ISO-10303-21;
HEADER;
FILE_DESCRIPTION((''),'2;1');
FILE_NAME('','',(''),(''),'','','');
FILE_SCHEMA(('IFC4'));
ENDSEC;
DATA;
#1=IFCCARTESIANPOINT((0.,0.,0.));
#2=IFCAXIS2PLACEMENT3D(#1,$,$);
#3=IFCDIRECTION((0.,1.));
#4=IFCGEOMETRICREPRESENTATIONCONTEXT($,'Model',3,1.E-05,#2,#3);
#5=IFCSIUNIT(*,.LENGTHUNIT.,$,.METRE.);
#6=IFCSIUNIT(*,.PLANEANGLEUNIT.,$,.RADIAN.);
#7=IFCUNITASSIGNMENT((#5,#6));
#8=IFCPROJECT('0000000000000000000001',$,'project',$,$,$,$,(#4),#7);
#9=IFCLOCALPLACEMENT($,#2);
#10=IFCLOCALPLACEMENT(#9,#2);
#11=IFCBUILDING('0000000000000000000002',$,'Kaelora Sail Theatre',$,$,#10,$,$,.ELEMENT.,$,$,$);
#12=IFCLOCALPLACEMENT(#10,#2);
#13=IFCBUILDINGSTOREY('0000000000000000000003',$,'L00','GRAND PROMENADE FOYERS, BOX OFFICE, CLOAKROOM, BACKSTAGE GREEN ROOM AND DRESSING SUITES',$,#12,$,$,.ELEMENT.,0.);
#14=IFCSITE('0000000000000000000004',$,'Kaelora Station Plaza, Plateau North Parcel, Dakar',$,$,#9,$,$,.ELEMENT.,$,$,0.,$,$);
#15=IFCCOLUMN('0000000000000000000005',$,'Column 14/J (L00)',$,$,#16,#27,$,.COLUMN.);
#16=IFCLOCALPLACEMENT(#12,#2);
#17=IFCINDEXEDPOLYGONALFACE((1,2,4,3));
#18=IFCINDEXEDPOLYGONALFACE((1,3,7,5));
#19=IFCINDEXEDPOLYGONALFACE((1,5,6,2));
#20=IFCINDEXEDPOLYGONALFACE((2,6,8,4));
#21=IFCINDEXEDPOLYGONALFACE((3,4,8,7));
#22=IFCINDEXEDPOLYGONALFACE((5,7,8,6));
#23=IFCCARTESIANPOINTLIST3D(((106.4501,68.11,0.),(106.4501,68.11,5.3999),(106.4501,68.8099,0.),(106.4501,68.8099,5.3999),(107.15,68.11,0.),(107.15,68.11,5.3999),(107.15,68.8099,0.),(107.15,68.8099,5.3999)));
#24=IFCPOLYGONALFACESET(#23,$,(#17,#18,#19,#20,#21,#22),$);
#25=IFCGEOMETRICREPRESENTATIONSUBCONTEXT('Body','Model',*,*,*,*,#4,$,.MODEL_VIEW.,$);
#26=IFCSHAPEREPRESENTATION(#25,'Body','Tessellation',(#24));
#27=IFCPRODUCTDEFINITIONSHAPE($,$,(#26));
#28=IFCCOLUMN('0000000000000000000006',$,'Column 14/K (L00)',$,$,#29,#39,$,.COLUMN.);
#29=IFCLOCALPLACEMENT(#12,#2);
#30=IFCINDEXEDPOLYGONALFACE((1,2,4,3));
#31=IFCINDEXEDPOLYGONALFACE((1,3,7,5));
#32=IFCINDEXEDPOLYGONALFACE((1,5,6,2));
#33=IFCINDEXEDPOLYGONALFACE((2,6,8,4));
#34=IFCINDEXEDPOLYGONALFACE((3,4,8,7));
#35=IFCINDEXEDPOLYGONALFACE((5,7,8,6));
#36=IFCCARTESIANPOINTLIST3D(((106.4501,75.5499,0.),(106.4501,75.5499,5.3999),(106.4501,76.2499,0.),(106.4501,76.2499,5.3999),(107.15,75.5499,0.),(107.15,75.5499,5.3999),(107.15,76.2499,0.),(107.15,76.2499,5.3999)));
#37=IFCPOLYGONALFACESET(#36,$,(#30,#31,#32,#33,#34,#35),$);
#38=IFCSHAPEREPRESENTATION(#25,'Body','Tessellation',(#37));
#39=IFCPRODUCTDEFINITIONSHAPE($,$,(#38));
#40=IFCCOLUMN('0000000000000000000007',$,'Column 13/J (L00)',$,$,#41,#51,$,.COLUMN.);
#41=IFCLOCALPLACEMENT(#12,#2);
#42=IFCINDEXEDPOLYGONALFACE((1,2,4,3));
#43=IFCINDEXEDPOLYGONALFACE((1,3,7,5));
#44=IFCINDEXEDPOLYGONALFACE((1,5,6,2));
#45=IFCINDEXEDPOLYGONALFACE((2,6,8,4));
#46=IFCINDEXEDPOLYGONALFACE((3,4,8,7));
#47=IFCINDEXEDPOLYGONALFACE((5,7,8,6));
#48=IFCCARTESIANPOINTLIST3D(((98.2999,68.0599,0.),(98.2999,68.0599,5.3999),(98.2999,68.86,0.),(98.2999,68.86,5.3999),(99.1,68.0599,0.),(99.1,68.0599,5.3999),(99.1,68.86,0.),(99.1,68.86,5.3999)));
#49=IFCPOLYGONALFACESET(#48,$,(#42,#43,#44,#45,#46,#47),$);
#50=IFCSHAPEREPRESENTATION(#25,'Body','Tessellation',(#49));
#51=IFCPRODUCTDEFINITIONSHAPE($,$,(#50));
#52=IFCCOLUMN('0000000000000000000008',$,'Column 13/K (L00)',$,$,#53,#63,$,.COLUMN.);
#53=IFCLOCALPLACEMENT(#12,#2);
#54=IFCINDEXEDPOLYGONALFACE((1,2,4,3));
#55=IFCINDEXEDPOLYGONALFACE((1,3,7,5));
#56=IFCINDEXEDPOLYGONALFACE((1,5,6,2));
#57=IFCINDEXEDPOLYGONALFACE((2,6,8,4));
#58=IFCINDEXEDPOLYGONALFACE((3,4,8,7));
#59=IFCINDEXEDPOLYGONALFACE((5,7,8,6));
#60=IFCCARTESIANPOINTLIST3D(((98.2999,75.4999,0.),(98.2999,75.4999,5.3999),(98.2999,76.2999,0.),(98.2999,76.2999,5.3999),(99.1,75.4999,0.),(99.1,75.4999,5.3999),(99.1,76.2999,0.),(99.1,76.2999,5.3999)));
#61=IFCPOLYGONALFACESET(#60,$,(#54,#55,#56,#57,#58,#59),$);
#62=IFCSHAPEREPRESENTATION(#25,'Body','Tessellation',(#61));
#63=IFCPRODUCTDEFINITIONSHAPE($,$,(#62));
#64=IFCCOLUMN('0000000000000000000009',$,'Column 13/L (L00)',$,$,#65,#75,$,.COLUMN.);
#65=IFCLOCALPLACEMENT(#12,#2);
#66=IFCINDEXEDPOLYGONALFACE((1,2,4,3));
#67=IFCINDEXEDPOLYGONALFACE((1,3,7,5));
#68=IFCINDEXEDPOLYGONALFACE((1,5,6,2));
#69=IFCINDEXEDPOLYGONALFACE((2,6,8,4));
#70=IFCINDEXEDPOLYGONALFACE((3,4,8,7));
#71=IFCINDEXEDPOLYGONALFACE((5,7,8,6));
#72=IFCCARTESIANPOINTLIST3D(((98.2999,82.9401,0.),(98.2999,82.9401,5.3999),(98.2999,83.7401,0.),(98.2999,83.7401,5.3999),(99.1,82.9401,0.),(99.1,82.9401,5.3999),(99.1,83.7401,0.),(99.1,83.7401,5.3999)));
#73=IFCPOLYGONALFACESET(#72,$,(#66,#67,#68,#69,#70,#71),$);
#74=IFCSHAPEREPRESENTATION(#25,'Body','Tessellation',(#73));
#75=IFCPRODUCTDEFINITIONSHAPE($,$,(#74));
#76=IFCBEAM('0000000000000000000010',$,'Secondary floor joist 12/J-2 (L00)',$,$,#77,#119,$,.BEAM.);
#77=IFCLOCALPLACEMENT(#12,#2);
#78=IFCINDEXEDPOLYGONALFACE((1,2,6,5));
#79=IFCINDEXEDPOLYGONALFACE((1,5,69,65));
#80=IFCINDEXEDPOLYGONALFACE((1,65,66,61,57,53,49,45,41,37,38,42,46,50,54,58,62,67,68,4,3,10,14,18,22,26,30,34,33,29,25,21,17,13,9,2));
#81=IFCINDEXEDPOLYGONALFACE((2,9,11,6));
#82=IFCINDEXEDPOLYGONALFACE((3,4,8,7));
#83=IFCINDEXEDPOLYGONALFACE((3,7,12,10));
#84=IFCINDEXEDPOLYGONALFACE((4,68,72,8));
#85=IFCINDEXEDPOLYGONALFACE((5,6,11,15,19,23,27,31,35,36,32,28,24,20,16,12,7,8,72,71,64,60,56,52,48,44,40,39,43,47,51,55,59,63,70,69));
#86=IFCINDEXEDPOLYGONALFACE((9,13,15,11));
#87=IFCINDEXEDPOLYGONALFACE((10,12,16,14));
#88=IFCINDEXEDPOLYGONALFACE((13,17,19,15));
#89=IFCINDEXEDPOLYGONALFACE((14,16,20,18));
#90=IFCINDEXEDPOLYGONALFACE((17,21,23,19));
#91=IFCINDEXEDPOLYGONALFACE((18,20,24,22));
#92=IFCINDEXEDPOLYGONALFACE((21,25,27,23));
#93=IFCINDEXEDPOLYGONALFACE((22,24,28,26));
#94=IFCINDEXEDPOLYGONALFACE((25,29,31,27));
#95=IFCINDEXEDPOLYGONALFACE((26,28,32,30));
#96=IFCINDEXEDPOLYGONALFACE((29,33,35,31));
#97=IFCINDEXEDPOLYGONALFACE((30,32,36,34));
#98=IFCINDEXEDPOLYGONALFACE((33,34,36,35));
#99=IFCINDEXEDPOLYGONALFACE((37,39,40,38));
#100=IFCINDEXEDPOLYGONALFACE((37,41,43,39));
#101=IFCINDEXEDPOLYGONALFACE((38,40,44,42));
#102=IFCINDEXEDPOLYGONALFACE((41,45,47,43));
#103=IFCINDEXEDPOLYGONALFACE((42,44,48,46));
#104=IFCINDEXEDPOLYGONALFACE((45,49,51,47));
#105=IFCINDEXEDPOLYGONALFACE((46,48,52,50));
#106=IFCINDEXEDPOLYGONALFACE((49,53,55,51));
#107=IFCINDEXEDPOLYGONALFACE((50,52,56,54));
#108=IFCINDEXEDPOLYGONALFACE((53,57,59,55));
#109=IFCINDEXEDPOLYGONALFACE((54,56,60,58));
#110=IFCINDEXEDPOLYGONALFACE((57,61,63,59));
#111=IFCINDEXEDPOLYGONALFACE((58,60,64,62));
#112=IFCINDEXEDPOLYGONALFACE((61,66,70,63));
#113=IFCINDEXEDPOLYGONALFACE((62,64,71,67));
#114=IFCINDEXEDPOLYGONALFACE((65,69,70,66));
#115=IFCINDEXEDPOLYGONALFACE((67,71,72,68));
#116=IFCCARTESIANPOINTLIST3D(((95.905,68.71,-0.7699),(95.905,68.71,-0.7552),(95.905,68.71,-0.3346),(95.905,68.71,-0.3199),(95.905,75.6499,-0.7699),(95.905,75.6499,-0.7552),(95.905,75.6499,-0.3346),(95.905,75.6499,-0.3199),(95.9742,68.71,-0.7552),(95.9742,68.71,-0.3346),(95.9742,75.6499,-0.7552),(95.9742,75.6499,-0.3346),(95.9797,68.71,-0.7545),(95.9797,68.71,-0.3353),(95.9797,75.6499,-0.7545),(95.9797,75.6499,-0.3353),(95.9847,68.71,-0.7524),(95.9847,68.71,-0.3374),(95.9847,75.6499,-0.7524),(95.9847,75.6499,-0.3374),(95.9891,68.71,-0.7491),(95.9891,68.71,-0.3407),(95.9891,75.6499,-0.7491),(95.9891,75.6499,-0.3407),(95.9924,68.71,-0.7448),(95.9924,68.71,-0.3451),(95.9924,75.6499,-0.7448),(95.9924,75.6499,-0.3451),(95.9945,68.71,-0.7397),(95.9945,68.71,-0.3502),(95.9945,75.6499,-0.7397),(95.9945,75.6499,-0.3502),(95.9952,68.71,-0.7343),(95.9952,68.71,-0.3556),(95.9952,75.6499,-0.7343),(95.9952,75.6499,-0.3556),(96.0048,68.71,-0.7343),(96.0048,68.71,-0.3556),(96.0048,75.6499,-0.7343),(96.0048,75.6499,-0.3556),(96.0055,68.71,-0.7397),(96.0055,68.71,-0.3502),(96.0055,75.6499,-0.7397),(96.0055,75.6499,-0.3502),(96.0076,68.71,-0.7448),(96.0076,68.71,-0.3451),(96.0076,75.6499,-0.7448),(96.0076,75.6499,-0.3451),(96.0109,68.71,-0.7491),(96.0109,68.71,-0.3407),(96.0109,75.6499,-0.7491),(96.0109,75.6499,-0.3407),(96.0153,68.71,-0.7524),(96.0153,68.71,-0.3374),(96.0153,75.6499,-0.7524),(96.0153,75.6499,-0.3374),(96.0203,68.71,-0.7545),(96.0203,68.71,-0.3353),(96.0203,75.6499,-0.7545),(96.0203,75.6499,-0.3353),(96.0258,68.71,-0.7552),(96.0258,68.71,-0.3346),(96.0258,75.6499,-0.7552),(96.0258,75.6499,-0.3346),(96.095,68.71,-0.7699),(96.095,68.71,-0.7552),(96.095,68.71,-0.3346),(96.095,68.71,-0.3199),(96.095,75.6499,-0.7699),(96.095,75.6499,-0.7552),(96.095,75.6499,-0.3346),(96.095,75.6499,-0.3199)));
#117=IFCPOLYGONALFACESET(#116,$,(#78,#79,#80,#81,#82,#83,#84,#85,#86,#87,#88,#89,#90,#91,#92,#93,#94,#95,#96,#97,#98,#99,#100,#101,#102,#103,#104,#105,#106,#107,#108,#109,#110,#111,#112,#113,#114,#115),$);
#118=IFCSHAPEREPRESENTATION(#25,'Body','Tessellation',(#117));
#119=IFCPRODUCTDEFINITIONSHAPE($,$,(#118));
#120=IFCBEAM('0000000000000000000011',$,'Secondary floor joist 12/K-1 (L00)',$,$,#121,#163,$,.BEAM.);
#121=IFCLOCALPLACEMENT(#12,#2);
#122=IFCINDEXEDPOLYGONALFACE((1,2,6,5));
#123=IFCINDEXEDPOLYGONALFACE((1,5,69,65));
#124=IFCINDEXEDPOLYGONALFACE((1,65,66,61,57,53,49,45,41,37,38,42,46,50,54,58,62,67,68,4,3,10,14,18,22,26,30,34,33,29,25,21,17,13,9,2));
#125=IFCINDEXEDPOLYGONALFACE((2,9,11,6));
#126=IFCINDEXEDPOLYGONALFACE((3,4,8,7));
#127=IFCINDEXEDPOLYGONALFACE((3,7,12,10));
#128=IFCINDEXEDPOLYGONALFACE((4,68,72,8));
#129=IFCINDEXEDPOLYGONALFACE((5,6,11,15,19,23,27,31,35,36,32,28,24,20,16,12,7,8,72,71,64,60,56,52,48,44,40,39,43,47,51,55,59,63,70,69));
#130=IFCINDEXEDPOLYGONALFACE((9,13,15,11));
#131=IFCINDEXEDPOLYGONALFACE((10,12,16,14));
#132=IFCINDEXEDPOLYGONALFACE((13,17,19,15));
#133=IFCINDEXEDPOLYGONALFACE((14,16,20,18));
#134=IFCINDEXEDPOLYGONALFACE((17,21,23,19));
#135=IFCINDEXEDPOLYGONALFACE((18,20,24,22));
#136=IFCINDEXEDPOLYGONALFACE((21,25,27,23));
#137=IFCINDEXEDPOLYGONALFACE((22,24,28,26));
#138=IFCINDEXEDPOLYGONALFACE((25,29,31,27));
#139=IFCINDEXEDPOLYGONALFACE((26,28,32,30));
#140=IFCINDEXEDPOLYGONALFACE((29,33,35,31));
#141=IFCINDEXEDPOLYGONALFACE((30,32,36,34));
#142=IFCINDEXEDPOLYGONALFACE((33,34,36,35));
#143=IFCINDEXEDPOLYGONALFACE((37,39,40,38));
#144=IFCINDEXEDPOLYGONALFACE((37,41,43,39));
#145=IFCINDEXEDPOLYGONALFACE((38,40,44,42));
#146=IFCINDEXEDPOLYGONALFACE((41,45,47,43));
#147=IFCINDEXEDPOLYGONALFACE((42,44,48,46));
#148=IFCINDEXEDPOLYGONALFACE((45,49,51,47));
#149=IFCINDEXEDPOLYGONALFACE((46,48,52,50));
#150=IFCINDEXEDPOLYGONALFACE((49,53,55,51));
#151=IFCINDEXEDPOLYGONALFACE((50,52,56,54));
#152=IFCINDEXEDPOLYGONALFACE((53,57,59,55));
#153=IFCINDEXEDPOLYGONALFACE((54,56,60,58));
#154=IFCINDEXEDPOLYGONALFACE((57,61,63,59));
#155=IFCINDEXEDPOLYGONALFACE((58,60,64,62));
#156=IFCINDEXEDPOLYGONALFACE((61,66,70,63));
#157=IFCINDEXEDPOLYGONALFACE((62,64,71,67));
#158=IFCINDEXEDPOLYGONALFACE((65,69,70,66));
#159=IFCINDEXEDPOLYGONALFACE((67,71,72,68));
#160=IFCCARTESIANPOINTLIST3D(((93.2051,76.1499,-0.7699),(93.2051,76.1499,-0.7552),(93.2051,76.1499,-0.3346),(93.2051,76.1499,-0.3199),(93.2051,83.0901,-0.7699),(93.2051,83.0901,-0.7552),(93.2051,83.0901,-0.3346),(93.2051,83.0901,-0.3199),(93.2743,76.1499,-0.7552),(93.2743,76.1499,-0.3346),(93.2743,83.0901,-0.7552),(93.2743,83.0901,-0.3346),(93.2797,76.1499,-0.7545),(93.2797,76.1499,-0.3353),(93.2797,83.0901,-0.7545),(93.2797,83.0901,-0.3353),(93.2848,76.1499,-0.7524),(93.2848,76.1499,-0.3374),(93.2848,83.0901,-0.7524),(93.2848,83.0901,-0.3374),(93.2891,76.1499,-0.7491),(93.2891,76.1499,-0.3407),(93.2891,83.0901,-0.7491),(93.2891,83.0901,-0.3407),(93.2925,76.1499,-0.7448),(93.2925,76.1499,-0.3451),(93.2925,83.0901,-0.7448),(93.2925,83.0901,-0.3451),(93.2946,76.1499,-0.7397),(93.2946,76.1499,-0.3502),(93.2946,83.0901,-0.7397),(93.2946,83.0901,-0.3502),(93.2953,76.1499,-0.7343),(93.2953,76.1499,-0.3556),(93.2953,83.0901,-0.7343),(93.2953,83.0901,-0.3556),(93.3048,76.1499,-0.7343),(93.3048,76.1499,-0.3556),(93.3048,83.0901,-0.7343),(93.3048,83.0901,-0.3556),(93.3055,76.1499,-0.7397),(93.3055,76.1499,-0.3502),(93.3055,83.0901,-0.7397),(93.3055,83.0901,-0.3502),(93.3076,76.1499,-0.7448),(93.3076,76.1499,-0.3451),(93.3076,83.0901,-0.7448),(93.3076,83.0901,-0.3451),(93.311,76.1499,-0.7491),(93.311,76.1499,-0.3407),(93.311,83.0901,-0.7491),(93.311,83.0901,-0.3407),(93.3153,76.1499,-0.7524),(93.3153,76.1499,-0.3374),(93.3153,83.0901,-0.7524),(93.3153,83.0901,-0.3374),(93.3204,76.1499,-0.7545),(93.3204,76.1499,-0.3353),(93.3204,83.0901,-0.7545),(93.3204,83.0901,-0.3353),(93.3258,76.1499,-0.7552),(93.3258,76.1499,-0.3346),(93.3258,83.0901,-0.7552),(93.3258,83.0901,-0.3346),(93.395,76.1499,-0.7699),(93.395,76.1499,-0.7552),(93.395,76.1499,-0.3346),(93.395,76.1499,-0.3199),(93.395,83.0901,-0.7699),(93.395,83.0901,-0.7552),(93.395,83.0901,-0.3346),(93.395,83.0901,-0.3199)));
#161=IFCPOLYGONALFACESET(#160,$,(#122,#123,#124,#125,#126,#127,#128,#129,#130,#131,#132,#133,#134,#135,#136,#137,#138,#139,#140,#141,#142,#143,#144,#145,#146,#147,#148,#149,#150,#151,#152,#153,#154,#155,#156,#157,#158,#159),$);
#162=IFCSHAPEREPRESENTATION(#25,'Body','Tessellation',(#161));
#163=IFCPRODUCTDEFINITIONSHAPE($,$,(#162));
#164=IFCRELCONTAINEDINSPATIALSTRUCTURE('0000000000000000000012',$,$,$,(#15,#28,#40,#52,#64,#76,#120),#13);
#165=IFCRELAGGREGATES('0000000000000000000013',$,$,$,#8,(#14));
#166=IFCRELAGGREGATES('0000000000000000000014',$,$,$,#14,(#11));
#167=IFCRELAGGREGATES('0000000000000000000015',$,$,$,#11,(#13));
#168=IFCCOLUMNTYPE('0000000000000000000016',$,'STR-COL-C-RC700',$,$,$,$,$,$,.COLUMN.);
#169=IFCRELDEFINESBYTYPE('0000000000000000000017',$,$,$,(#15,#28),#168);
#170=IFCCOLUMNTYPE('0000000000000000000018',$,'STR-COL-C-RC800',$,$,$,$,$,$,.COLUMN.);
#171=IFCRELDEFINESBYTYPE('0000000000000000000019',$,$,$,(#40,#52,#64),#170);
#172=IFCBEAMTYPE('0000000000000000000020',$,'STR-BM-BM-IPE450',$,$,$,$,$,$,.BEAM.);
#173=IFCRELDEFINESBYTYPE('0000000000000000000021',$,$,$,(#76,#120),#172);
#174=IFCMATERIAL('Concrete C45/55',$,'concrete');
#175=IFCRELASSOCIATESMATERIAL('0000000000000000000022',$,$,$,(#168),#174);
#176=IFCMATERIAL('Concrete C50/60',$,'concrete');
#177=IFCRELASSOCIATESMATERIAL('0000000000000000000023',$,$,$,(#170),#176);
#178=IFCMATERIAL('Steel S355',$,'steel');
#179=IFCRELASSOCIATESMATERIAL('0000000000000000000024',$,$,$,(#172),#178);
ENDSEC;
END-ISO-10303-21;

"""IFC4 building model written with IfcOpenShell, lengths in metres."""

from ifc_helpers import new_model, si_unit, direction, frame, origin, origin_2d, place, context, subcontext, project, spatial, rectangle, i_section, extrude, material, material_profile, profile_set, type_object, element, save


model = new_model("IFC4")

# Units and contexts
model_context = context("Model", 3, precision=1e-05, world=origin(), true_north=direction((0.0, 1.0)))
body_context = subcontext(model_context, "Body", "Model", "MODEL_VIEW")
ifc_project = project(units=[si_unit("LENGTHUNIT", "METRE"), si_unit("PLANEANGLEUNIT", "RADIAN")], contexts=[model_context])

# Site, building, storey
site_placement = place(None, origin())
site = spatial("IfcSite", under=ifc_project, at=site_placement, Name="Kaelora Station Plaza, Plateau North Parcel, Dakar", CompositionType="ELEMENT", RefElevation=0.0)
building_placement = place(site_placement, origin())
building = spatial("IfcBuilding", under=site, at=building_placement, Name="Kaelora Sail Theatre", CompositionType="ELEMENT")
storey_placement = place(building_placement, origin())
storey = spatial("IfcBuildingStorey", under=building, at=storey_placement, Name="L00", Description="GRAND PROMENADE FOYERS, BOX OFFICE, CLOAKROOM, BACKSTAGE GREEN ROOM AND DRESSING SUITES", CompositionType="ELEMENT", Elevation=0.0)

# Columns
ifc_material_1 = material(Name="Concrete C45/55", Category="concrete")
ifc_material_profile_1 = material_profile(ifc_material_1, rectangle(XDim=0.7, YDim=0.7, at=origin_2d()), Name="RC-COL 700x700")
ifc_profile_set_1 = profile_set([ifc_material_profile_1], Name="Concrete C45/55")
column_type_1 = type_object("IfcColumnType", Name="STR-COL-C-RC700", PredefinedType="COLUMN", material=ifc_profile_set_1)
for number, where, z_axis, x_axis, name in (
    (1, (106.8, 68.46, 0.0), (0.0, 0.0, 1.0), (1.0, 0.0, 0.0), "Column 14/J (L00)"),
    (2, (106.8, 75.8999, 0.0), (0.0, 0.0, 1.0), (1.0, 0.0, 0.0), "Column 14/K (L00)"),
):
    element("IfcColumn", number, at=place(storey_placement, frame(where, z_axis=z_axis, x_axis=x_axis)), inside=storey, type_object=column_type_1, Name=name, PredefinedType="COLUMN", context=body_context, shape_type="SweptSolid", body=[
        extrude(rectangle(XDim=0.7, YDim=0.7, at=origin_2d()), origin(), (0.0, 0.0, 1.0), 5.3999),
    ])
ifc_material_2 = material(Name="Concrete C50/60", Category="concrete")
ifc_material_profile_2 = material_profile(ifc_material_2, rectangle(XDim=0.8, YDim=0.8, at=origin_2d()), Name="RC-COL 800x800")
ifc_profile_set_2 = profile_set([ifc_material_profile_2], Name="Concrete C50/60")
column_type_2 = type_object("IfcColumnType", Name="STR-COL-C-RC800", PredefinedType="COLUMN", material=ifc_profile_set_2)
for number, where, z_axis, x_axis, name in (
    (3, (98.7, 68.46, 0.0), (0.0, 0.0, 1.0), (1.0, 0.0, 0.0), "Column 13/J (L00)"),
    (4, (98.7, 75.8999, 0.0), (0.0, 0.0, 1.0), (1.0, 0.0, 0.0), "Column 13/K (L00)"),
    (5, (98.7, 83.3401, 0.0), (0.0, 0.0, 1.0), (1.0, 0.0, 0.0), "Column 13/L (L00)"),
):
    element("IfcColumn", number, at=place(storey_placement, frame(where, z_axis=z_axis, x_axis=x_axis)), inside=storey, type_object=column_type_2, Name=name, PredefinedType="COLUMN", context=body_context, shape_type="SweptSolid", body=[
        extrude(rectangle(XDim=0.8, YDim=0.8, at=origin_2d()), origin(), (0.0, 0.0, 1.0), 5.3999),
    ])

# Beams
ifc_material_3 = material(Name="Steel S355", Category="steel")
ifc_material_profile_3 = material_profile(ifc_material_3, i_section(OverallWidth=0.1899, OverallDepth=0.45, WebThickness=0.0095, FlangeThickness=0.0146, FilletRadius=0.021, at=origin_2d()), Name="IPE 450")
ifc_profile_set_3 = profile_set([ifc_material_profile_3], Name="Steel S355")
beam_type_1 = type_object("IfcBeamType", Name="STR-BM-BM-IPE450", PredefinedType="BEAM", material=ifc_profile_set_3)
beam_1_placement = place(storey_placement, frame((96.0, 68.71, -0.5449), z_axis=(0.0, 1.0, 0.0), x_axis=(-1.0, 0.0, 0.0)))
element("IfcBeam", 6, at=beam_1_placement, inside=storey, type_object=beam_type_1, Name="Secondary floor joist 12/J-2 (L00)", PredefinedType="BEAM", context=body_context, shape_type="SweptSolid", body=[
    extrude(i_section(OverallWidth=0.1899, OverallDepth=0.45, WebThickness=0.0095, FlangeThickness=0.0146, FilletRadius=0.021, at=origin_2d()), origin(), (0.0, 0.0, 1.0), 6.9399),
])
beam_2_placement = place(storey_placement, frame((93.3, 76.1499, -0.5449), z_axis=(0.0, 1.0, 0.0), x_axis=(-1.0, 0.0, 0.0)))
element("IfcBeam", 7, at=beam_2_placement, inside=storey, type_object=beam_type_1, Name="Secondary floor joist 12/K-1 (L00)", PredefinedType="BEAM", context=body_context, shape_type="SweptSolid", body=[
    extrude(i_section(OverallWidth=0.1899, OverallDepth=0.45, WebThickness=0.0095, FlangeThickness=0.0146, FilletRadius=0.021, at=origin_2d()), origin(), (0.0, 0.0, 1.0), 6.9402),
])

save(model, "model.ifc")
